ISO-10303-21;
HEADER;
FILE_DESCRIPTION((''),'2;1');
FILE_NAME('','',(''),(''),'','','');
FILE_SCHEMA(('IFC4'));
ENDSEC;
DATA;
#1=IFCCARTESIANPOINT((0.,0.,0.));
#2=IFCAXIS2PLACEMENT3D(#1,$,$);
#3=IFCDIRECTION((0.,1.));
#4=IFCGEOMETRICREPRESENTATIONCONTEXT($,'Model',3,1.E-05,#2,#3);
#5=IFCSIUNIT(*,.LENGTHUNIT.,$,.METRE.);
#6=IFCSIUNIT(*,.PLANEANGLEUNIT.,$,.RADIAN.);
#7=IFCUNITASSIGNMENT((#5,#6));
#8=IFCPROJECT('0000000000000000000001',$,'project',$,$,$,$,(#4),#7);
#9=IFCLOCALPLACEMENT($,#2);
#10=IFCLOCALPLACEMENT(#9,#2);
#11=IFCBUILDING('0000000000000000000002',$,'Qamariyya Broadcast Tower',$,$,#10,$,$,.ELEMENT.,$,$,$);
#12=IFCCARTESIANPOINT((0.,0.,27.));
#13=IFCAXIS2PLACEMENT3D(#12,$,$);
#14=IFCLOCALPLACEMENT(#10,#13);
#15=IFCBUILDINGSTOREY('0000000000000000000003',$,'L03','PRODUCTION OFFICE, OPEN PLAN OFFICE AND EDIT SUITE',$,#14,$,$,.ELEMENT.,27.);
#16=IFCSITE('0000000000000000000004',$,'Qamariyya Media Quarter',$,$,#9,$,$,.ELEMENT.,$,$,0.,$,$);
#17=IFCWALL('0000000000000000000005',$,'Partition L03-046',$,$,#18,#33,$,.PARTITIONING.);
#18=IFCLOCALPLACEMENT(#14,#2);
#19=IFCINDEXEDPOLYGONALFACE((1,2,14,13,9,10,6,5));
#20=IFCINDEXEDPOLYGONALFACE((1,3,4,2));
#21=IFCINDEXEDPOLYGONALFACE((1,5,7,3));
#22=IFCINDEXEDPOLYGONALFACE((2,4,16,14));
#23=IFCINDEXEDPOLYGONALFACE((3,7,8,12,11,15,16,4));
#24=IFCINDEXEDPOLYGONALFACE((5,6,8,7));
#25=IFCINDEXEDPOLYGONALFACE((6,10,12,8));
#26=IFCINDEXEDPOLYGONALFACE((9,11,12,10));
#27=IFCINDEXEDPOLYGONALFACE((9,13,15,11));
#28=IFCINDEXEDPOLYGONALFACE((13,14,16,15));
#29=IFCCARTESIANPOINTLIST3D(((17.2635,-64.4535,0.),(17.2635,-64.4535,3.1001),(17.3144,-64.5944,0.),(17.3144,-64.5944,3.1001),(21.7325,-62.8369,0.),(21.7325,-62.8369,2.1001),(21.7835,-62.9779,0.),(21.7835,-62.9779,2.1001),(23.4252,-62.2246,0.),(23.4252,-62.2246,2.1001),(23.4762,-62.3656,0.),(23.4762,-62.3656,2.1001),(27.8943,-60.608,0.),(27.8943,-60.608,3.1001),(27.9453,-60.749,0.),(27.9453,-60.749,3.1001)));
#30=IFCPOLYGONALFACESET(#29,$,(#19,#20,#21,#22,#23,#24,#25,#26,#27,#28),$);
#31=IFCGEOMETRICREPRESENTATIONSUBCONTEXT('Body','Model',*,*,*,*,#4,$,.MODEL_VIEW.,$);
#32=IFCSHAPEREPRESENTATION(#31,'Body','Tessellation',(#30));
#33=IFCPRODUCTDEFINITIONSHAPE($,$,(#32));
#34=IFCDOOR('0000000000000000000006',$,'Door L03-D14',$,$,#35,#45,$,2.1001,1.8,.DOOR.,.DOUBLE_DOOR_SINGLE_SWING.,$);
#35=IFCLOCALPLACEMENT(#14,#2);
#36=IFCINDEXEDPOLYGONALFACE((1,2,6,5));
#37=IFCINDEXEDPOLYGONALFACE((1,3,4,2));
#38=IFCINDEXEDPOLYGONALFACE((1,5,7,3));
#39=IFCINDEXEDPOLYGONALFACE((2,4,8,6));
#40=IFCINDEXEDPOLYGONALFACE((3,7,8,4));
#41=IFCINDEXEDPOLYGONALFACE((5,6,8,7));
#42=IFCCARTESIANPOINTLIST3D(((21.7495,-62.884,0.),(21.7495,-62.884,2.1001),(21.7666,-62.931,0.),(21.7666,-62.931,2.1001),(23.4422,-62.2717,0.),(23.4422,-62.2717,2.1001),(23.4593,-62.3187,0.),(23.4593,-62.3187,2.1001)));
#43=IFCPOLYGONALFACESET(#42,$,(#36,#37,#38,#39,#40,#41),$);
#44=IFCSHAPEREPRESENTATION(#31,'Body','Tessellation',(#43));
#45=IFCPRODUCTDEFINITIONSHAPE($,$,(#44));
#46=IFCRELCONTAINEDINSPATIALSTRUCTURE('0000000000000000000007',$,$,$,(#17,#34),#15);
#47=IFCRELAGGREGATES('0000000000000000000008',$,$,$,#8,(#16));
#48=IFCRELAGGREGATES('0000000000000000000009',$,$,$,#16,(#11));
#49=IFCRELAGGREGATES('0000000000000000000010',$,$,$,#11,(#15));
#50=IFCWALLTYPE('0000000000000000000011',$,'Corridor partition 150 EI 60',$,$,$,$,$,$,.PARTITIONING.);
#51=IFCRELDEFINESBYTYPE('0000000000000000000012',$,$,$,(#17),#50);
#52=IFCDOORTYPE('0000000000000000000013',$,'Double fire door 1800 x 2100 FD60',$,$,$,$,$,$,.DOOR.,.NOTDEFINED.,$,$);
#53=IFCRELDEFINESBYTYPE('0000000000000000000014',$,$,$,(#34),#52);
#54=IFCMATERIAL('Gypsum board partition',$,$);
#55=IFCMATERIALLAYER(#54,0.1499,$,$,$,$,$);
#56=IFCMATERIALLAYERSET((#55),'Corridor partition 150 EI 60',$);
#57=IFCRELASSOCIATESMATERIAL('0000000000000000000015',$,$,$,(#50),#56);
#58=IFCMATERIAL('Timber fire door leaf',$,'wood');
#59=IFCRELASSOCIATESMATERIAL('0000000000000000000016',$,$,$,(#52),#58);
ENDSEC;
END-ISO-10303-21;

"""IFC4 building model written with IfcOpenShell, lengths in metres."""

from ifc_helpers import new_model, si_unit, direction, frame, frame_2d, origin, place, context, subcontext, project, spatial, rectangle, extrude, material, layer, layer_set, type_object, element, fill, save


model = new_model("IFC4")

# Units and contexts
model_context = context("Model", 3, precision=1e-05, world=origin(), true_north=direction((0.0, 1.0)))
body_context = subcontext(model_context, "Body", "Model", "MODEL_VIEW")
ifc_project = project(units=[si_unit("LENGTHUNIT", "METRE"), si_unit("PLANEANGLEUNIT", "RADIAN")], contexts=[model_context])

# Site, building, storey
site_placement = place(None, origin())
site = spatial("IfcSite", under=ifc_project, at=site_placement, Name="Qamariyya Media Quarter", CompositionType="ELEMENT", RefElevation=0.0)
building_placement = place(site_placement, origin())
building = spatial("IfcBuilding", under=site, at=building_placement, Name="Qamariyya Broadcast Tower", CompositionType="ELEMENT")
storey_placement = place(building_placement, frame((0.0, 0.0, 27.0)))
storey = spatial("IfcBuildingStorey", under=building, at=storey_placement, Name="L03", Description="PRODUCTION OFFICE, OPEN PLAN OFFICE AND EDIT SUITE", CompositionType="ELEMENT", Elevation=27.0)

# Wall, opening, door
ifc_material_1 = material(Name="Gypsum board partition")
ifc_layer = layer(ifc_material_1, 0.1499)
ifc_layer_set = layer_set([ifc_layer], Name="Corridor partition 150 EI 60")
wall_type = type_object("IfcWallType", Name="Corridor partition 150 EI 60", PredefinedType="PARTITIONING", material=ifc_layer_set)
ifc_material_2 = material(Name="Timber fire door leaf", Category="wood")
wall_1_placement = place(storey_placement, frame((17.2891, -64.5239, 0.0), z_axis=(0.0, 0.0, 1.0), x_axis=(0.940369, 0.340156, 0.0)))
wall_1 = element("IfcWall", 1, at=wall_1_placement, inside=storey, type_object=wall_type, Name="Partition L03-046", PredefinedType="PARTITIONING", context=body_context, shape_type="SweptSolid", body=[
    extrude(rectangle(XDim=11.3049, YDim=0.1499, at=frame_2d((5.6523, 0.0))), origin(), (0.0, 0.0, 1.0), 3.1001),
])
opening_1_placement = place(wall_1_placement, frame((4.7524, 0.0, 0.0)))
opening_1 = element("IfcOpeningElement", 2, at=opening_1_placement, cuts=wall_1, PredefinedType="OPENING", context=body_context, shape_type="SweptSolid", body=[
    extrude(rectangle(XDim=1.8, YDim=2.1001, at=frame_2d((0.8999, 1.05))), frame((0.0, 0.085, 0.0), z_axis=(0.0, -1.0, 0.0), x_axis=(1.0, 0.0, 0.0)), (0.0, 0.0, 1.0), 0.1699),
])
door_type_1 = type_object("IfcDoorType", Name="Double fire door 1800 x 2100 FD60", OperationType="NOTDEFINED", PredefinedType="DOOR", material=ifc_material_2)
door_1_placement = place(opening_1_placement, origin())
door_1 = element("IfcDoor", 3, at=door_1_placement, inside=storey, type_object=door_type_1, Name="Door L03-D14", OperationType="DOUBLE_DOOR_SINGLE_SWING", OverallHeight=2.1001, OverallWidth=1.8, PredefinedType="DOOR", context=body_context, shape_type="SweptSolid", body=[
    extrude(rectangle(XDim=1.8, YDim=2.1001, at=frame_2d((0.8999, 1.05))), frame((0.0, 0.0249, 0.0), z_axis=(0.0, -1.0, 0.0), x_axis=(1.0, 0.0, 0.0)), (0.0, 0.0, 1.0), 0.05),
])
fill(opening_1, door_1)

save(model, "model.ifc")
